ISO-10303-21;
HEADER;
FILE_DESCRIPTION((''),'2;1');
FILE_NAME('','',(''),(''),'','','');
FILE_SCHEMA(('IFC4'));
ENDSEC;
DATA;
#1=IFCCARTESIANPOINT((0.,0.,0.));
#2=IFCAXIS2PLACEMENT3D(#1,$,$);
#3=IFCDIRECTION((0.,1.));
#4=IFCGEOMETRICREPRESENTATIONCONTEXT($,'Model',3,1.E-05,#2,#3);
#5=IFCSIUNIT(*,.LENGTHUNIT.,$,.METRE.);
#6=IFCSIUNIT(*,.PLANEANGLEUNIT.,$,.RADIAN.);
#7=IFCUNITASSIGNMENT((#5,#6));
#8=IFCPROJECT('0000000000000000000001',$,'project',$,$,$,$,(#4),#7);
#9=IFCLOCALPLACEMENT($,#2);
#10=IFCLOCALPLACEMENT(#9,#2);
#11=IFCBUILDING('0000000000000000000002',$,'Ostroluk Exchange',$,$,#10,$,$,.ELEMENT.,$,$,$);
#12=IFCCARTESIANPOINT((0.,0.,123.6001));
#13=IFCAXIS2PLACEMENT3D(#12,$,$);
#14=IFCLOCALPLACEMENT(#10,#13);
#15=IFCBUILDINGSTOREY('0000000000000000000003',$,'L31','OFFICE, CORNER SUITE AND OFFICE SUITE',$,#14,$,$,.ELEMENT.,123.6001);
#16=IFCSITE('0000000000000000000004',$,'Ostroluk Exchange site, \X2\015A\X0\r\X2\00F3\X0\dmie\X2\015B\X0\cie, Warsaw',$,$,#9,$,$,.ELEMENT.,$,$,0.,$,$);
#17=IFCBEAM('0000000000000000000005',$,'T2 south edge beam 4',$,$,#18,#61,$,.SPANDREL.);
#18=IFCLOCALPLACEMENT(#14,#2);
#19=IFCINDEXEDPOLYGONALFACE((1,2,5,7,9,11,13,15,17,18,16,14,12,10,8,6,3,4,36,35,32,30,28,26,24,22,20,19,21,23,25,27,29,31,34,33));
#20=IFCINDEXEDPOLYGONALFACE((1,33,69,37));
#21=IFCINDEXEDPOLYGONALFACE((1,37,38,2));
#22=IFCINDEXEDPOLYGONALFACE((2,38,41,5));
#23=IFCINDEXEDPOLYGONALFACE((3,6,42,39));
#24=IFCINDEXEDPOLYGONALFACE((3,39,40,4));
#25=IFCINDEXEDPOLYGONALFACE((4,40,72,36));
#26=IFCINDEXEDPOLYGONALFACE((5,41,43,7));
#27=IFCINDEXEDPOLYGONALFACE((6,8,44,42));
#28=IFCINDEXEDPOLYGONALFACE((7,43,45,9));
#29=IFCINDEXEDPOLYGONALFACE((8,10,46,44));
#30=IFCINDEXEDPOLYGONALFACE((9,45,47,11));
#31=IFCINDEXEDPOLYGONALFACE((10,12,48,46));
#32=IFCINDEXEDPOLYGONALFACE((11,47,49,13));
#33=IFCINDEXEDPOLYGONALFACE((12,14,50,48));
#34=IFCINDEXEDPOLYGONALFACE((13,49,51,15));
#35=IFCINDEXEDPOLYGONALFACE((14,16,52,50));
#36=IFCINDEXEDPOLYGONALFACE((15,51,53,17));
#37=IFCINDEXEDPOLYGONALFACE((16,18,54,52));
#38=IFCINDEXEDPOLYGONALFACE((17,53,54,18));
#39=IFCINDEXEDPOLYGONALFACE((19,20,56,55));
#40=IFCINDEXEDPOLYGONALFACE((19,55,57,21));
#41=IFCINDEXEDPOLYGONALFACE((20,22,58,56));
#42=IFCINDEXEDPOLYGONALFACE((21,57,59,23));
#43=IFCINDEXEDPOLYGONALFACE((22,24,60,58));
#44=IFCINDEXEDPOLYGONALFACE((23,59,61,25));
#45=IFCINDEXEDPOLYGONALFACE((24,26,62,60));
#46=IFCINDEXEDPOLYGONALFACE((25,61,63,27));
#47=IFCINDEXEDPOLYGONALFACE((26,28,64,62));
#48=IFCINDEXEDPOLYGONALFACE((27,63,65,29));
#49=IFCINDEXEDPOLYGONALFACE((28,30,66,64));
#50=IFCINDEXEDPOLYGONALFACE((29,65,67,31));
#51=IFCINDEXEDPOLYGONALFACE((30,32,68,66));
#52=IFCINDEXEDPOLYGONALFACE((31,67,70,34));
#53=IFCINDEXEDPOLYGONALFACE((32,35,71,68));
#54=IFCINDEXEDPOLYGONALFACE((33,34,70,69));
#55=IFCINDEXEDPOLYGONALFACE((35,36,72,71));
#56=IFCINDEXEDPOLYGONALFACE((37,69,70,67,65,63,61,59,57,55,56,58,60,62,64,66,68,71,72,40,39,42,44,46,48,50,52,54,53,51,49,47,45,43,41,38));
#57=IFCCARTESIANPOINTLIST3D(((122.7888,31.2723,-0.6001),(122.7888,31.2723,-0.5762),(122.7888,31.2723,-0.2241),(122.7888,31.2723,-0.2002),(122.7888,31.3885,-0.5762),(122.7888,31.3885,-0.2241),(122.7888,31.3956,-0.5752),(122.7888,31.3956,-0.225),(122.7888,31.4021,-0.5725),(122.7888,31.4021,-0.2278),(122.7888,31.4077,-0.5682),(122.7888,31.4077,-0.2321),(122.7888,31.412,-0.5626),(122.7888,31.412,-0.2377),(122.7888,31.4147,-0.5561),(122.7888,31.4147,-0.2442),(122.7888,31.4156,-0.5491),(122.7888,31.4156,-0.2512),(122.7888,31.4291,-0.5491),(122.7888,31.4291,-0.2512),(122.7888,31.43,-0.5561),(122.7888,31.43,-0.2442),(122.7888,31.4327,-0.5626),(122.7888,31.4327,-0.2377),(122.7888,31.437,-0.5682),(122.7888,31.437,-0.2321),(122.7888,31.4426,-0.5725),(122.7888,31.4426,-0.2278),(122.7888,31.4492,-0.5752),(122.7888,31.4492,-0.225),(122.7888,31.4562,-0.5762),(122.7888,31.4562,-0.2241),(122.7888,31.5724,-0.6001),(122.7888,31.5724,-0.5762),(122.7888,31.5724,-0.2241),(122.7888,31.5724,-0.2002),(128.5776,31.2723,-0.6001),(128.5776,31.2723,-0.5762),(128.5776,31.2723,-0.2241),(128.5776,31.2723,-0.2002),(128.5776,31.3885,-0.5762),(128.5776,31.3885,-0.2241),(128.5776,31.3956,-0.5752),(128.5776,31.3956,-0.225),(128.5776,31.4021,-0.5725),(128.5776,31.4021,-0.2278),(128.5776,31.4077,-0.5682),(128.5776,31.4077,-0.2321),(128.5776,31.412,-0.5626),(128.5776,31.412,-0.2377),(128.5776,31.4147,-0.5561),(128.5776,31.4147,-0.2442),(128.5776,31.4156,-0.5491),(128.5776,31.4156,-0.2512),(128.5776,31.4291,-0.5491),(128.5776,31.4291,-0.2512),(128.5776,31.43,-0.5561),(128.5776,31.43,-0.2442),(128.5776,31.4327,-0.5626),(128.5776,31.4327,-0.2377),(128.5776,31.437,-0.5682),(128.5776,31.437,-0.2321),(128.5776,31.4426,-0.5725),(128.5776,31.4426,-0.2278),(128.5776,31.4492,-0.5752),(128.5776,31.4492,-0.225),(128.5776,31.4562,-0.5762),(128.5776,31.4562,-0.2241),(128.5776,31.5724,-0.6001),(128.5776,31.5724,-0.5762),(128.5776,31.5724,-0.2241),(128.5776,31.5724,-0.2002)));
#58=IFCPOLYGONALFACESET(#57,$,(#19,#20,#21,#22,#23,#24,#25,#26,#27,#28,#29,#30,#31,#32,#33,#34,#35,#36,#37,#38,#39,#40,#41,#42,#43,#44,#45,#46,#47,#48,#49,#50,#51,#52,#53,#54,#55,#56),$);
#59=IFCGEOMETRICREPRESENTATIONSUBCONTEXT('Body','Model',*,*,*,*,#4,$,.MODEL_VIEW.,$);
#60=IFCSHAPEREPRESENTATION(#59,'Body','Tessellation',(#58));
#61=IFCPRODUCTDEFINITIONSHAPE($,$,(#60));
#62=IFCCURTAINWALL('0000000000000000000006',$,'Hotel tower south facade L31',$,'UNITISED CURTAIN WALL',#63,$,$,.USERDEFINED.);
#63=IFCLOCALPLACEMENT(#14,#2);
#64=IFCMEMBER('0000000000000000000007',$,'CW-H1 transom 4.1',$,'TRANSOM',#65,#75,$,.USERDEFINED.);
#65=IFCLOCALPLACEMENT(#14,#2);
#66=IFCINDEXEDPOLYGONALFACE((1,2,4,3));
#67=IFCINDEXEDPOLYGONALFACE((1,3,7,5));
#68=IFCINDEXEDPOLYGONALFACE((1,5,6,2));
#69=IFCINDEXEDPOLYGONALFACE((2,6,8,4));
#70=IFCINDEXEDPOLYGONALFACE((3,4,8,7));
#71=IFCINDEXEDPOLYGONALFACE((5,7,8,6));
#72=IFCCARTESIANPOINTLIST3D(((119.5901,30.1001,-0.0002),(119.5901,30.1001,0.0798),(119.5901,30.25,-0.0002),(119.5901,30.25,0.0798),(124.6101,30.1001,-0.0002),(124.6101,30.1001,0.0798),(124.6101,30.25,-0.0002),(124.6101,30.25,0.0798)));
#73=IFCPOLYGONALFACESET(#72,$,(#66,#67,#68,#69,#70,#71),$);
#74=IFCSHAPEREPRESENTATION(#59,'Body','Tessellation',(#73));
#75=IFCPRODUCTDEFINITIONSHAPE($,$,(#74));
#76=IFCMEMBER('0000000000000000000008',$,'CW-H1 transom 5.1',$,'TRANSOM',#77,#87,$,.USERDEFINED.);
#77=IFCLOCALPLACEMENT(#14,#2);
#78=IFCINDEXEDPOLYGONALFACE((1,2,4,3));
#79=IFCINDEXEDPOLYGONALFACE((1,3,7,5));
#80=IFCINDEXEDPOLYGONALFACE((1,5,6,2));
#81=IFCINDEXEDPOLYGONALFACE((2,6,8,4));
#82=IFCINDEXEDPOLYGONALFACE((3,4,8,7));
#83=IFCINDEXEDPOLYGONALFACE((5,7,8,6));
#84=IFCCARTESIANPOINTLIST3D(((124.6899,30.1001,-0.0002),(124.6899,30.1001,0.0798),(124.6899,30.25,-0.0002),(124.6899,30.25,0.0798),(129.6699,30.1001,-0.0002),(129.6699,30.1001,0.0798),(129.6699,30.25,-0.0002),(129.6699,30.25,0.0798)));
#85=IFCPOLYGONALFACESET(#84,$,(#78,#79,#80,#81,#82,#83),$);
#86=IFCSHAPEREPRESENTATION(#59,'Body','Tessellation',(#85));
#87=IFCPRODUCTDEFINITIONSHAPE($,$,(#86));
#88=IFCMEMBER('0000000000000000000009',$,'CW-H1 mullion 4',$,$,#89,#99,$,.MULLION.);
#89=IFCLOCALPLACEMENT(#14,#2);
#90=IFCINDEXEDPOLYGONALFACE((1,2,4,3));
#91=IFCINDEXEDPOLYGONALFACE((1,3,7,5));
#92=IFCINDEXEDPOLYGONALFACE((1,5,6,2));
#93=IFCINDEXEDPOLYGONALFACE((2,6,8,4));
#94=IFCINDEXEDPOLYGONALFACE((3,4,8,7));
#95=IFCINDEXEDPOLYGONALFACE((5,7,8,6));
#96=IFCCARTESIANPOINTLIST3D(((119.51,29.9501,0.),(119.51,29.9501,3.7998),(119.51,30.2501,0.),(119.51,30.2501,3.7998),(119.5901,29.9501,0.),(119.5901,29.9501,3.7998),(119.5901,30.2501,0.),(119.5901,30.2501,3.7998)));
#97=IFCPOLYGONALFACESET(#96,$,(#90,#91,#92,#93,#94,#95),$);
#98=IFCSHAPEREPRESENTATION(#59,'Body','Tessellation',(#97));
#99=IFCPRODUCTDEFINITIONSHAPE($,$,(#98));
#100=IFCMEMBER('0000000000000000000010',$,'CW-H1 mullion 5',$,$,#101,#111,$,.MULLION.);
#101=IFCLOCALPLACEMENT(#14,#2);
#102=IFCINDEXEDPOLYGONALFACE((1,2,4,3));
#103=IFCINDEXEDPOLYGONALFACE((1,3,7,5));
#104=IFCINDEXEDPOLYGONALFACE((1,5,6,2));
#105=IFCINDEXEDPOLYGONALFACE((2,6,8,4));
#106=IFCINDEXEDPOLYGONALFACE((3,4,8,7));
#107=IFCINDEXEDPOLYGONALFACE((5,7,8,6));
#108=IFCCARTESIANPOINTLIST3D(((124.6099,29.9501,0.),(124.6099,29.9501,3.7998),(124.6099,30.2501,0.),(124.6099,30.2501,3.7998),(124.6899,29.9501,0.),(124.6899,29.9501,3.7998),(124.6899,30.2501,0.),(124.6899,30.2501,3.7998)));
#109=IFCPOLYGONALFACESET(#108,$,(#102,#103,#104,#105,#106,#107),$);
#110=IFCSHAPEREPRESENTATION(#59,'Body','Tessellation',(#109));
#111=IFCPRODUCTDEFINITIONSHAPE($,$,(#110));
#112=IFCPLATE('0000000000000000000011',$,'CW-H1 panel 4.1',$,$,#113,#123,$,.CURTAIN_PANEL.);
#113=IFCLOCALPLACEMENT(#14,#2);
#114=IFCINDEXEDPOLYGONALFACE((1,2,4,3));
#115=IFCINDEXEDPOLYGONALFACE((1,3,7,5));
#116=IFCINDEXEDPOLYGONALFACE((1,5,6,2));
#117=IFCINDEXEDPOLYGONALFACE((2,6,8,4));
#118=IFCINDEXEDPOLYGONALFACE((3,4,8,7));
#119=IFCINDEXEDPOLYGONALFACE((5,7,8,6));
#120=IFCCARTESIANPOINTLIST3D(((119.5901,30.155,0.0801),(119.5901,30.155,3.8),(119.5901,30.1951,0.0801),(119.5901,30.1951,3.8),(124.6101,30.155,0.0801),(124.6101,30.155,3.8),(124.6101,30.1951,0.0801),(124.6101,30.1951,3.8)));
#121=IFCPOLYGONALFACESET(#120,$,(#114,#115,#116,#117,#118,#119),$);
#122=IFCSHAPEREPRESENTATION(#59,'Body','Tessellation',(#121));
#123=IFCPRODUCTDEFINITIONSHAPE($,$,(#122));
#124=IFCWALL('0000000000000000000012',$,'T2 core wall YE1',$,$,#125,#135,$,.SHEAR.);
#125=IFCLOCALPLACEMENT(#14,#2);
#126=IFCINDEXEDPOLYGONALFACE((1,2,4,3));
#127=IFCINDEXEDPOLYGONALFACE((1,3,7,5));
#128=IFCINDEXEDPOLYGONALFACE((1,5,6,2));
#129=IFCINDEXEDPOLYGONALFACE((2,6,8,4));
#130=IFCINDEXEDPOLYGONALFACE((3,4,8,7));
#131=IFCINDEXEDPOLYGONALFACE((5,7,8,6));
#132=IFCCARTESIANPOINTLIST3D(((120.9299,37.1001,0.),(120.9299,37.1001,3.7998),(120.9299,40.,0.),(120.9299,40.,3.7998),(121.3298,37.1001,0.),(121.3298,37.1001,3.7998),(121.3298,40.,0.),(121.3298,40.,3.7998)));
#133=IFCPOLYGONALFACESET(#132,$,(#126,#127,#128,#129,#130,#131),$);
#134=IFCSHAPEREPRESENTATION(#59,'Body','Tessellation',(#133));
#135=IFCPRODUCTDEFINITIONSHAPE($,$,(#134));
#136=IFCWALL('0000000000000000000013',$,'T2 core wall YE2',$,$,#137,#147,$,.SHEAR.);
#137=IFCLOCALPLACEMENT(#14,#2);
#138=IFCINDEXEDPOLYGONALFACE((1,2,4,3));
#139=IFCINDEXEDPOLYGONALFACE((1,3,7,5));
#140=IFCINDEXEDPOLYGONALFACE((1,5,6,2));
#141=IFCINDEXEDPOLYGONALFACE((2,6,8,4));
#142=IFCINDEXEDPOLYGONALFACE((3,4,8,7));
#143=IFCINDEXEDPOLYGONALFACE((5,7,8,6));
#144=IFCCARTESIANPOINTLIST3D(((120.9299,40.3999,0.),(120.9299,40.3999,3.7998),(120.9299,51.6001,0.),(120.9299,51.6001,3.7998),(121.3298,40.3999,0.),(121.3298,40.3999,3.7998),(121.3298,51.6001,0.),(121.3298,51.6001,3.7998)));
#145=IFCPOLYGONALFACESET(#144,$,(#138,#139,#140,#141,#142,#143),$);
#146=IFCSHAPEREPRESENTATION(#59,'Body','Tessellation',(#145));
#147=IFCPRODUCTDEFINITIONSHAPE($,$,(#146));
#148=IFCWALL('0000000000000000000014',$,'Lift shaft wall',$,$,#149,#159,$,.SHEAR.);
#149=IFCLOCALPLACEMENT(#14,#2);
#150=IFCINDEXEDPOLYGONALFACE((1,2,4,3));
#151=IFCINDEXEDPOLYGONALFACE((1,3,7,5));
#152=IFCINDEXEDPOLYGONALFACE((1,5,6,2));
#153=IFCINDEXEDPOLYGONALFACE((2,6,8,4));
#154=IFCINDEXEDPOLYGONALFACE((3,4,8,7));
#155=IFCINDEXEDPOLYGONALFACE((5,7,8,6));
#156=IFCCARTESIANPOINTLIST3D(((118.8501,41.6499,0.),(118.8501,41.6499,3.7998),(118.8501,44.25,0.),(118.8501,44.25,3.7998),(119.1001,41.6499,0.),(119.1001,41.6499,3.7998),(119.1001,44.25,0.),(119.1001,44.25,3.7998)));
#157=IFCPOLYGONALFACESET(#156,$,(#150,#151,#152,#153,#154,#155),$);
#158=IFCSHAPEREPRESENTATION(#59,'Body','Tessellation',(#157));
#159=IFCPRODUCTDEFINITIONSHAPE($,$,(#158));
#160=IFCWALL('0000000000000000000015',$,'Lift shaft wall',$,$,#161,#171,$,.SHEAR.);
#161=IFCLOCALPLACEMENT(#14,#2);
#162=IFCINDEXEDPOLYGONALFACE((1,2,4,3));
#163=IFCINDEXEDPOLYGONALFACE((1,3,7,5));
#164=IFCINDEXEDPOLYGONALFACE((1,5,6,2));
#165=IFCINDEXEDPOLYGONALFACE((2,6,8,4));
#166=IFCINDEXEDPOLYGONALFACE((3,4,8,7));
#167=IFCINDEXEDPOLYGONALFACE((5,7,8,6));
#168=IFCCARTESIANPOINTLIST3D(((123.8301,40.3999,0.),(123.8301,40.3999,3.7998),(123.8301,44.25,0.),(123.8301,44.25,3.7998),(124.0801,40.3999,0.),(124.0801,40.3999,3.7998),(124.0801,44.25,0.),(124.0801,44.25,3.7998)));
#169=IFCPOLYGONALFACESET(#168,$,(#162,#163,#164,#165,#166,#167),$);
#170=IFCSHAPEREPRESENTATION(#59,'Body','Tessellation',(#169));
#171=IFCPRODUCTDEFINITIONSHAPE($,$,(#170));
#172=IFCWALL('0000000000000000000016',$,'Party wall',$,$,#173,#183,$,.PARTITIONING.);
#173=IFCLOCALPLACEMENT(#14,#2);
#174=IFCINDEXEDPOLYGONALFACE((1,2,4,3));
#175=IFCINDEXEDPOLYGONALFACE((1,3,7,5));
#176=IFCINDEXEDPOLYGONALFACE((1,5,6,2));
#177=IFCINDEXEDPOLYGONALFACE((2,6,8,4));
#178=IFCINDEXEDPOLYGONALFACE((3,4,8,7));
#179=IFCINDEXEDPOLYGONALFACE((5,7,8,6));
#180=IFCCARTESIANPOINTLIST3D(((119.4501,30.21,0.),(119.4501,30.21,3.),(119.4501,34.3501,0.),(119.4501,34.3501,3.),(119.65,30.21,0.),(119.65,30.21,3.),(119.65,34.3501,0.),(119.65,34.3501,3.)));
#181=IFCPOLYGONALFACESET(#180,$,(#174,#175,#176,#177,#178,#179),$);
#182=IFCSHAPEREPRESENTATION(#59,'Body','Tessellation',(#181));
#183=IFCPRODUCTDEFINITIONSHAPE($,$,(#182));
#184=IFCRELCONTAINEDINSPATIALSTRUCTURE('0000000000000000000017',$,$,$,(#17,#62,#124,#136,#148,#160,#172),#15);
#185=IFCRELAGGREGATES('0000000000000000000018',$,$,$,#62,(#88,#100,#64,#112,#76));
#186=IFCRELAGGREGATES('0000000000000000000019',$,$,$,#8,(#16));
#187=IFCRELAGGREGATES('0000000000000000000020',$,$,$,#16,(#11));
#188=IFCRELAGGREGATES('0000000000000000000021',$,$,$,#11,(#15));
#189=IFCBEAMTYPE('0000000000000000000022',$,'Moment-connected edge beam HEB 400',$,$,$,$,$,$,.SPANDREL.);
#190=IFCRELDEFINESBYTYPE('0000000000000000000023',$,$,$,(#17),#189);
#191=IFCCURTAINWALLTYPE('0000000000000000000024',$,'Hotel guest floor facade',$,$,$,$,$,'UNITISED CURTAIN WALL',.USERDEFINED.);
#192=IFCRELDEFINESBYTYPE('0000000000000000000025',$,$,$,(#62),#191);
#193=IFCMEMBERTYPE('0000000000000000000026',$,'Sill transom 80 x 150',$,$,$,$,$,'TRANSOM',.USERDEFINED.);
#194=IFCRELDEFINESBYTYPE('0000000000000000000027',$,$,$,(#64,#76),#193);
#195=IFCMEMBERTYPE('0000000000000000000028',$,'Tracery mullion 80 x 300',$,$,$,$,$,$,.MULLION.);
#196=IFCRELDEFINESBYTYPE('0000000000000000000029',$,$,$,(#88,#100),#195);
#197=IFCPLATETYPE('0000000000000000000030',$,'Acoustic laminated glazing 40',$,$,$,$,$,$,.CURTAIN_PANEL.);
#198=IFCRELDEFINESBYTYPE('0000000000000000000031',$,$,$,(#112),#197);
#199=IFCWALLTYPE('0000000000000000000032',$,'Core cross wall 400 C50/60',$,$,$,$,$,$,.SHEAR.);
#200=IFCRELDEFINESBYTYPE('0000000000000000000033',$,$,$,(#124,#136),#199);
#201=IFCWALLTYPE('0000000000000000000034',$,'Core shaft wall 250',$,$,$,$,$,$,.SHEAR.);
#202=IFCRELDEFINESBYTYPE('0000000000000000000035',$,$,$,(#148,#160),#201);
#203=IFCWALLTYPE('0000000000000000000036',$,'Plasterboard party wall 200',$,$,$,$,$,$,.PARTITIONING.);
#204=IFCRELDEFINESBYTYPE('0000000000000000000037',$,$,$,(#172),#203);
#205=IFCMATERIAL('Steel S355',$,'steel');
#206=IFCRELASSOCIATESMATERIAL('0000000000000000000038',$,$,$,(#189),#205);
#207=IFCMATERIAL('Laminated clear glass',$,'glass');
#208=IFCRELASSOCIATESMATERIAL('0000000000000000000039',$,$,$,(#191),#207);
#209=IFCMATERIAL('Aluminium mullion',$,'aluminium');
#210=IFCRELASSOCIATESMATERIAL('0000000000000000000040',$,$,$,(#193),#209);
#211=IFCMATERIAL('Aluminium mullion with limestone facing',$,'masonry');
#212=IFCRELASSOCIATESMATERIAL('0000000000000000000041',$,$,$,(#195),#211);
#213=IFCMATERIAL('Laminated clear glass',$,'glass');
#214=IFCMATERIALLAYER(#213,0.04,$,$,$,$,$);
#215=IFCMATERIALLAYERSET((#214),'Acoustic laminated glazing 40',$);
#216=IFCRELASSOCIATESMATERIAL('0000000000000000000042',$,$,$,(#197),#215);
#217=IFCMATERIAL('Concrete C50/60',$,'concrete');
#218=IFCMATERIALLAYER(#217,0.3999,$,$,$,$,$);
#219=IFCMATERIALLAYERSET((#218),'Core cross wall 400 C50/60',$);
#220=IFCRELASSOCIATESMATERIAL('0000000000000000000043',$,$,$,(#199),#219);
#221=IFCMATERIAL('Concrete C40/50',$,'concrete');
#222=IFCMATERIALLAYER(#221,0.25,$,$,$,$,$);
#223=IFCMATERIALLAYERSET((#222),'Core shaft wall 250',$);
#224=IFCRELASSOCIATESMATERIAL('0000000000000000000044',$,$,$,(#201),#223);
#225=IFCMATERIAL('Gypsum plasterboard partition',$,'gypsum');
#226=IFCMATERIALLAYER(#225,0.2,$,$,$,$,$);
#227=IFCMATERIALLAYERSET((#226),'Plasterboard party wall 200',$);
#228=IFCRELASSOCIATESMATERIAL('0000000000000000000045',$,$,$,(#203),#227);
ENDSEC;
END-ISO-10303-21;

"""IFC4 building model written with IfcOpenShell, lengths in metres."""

from ifc_helpers import new_model, si_unit, direction, frame, frame_2d, origin, origin_2d, place, context, subcontext, project, spatial, rectangle, i_section, extrude, material, layer, layer_set, material_profile, profile_set, type_object, element, aggregate, save


model = new_model("IFC4")

# Units and contexts
model_context = context("Model", 3, precision=1e-05, world=origin(), true_north=direction((0.0, 1.0)))
body_context = subcontext(model_context, "Body", "Model", "MODEL_VIEW")
ifc_project = project(units=[si_unit("LENGTHUNIT", "METRE"), si_unit("PLANEANGLEUNIT", "RADIAN")], contexts=[model_context])

# Site, building, storey
site_placement = place(None, origin())
site = spatial("IfcSite", under=ifc_project, at=site_placement, Name="Ostroluk Exchange site, Śródmieście, Warsaw", CompositionType="ELEMENT", RefElevation=0.0)
building_placement = place(site_placement, origin())
building = spatial("IfcBuilding", under=site, at=building_placement, Name="Ostroluk Exchange", CompositionType="ELEMENT")
storey_placement = place(building_placement, frame((0.0, 0.0, 123.6001)))
storey = spatial("IfcBuildingStorey", under=building, at=storey_placement, Name="L31", Description="OFFICE, CORNER SUITE AND OFFICE SUITE", CompositionType="ELEMENT", Elevation=123.6001)

# Beam
ifc_material_1 = material(Name="Steel S355", Category="steel")
ifc_material_profile_1 = material_profile(ifc_material_1, i_section(OverallWidth=0.3, OverallDepth=0.3999, WebThickness=0.0134, FlangeThickness=0.0239, FilletRadius=0.0271, at=origin_2d()), Name="HEB 400")
ifc_profile_set_1 = profile_set([ifc_material_profile_1], Name="Steel S355")
beam_type_1 = type_object("IfcBeamType", Name="Moment-connected edge beam HEB 400", PredefinedType="SPANDREL", material=ifc_profile_set_1)
beam_placement = place(storey_placement, frame((122.7888, 31.4224, -0.4001), z_axis=(1.0, 0.0, 0.0), x_axis=(0.0, 1.0, 0.0)))
element("IfcBeam", 1, at=beam_placement, inside=storey, type_object=beam_type_1, Name="T2 south edge beam 4", PredefinedType="SPANDREL", context=body_context, shape_type="SweptSolid", body=[
    extrude(i_section(OverallWidth=0.3, OverallDepth=0.3999, WebThickness=0.0134, FlangeThickness=0.0239, FilletRadius=0.0271, at=origin_2d()), origin(), (0.0, 0.0, 1.0), 5.7888),
])

# Curtain wall, members, plate
ifc_material_2 = material(Name="Laminated clear glass", Category="glass")
curtain_wall_type = type_object("IfcCurtainWallType", Name="Hotel guest floor facade", ElementType="UNITISED CURTAIN WALL", PredefinedType="USERDEFINED", material=ifc_material_2)
curtain_wall_placement = place(storey_placement, origin())
curtain_wall = element("IfcCurtainWall", 2, at=curtain_wall_placement, inside=storey, type_object=curtain_wall_type, Name="Hotel tower south facade L31", ObjectType="UNITISED CURTAIN WALL", PredefinedType="USERDEFINED")
ifc_material_3 = material(Name="Aluminium mullion", Category="aluminium")
ifc_material_profile_2 = material_profile(ifc_material_3, rectangle(XDim=0.1499, YDim=0.0801, at=origin_2d()), Name="Sill transom 80 x 150")
ifc_profile_set_2 = profile_set([ifc_material_profile_2], Name="Aluminium mullion")
member_type_1 = type_object("IfcMemberType", Name="Sill transom 80 x 150", ElementType="TRANSOM", PredefinedType="USERDEFINED", material=ifc_profile_set_2)
member_1_placement = place(storey_placement, frame((119.5901, 30.175, 0.0398), z_axis=(1.0, 0.0, 0.0), x_axis=(0.0, 1.0, 0.0)))
member_1 = element("IfcMember", 3, at=member_1_placement, type_object=member_type_1, Name="CW-H1 transom 4.1", ObjectType="TRANSOM", PredefinedType="USERDEFINED", context=body_context, shape_type="SweptSolid", body=[
    extrude(rectangle(XDim=0.1499, YDim=0.0801, at=origin_2d()), origin(), (0.0, 0.0, 1.0), 5.02),
])
member_2_placement = place(storey_placement, frame((124.6899, 30.175, 0.0398), z_axis=(1.0, 0.0, 0.0), x_axis=(0.0, 1.0, 0.0)))
member_2 = element("IfcMember", 4, at=member_2_placement, type_object=member_type_1, Name="CW-H1 transom 5.1", ObjectType="TRANSOM", PredefinedType="USERDEFINED", context=body_context, shape_type="SweptSolid", body=[
    extrude(rectangle(XDim=0.1499, YDim=0.0801, at=origin_2d()), origin(), (0.0, 0.0, 1.0), 4.98),
])
ifc_material_4 = material(Name="Aluminium mullion with limestone facing", Category="masonry")
ifc_material_profile_3 = material_profile(ifc_material_4, rectangle(XDim=0.3, YDim=0.0801, at=origin_2d()), Name="Tracery mullion 80 x 300")
ifc_profile_set_3 = profile_set([ifc_material_profile_3], Name="Aluminium mullion with limestone facing")
member_type_2 = type_object("IfcMemberType", Name="Tracery mullion 80 x 300", PredefinedType="MULLION", material=ifc_profile_set_3)
member_3_placement = place(storey_placement, frame((119.55, 30.1001, 0.0), z_axis=(0.0, 0.0, 1.0), x_axis=(0.0, 1.0, 0.0)))
member_3 = element("IfcMember", 5, at=member_3_placement, type_object=member_type_2, Name="CW-H1 mullion 4", PredefinedType="MULLION", context=body_context, shape_type="SweptSolid", body=[
    extrude(rectangle(XDim=0.3, YDim=0.0801, at=origin_2d()), origin(), (0.0, 0.0, 1.0), 3.7998),
])
member_4_placement = place(storey_placement, frame((124.6499, 30.1001, 0.0), z_axis=(0.0, 0.0, 1.0), x_axis=(0.0, 1.0, 0.0)))
member_4 = element("IfcMember", 6, at=member_4_placement, type_object=member_type_2, Name="CW-H1 mullion 5", PredefinedType="MULLION", context=body_context, shape_type="SweptSolid", body=[
    extrude(rectangle(XDim=0.3, YDim=0.0801, at=origin_2d()), origin(), (0.0, 0.0, 1.0), 3.7998),
])
ifc_material_5 = material(Name="Laminated clear glass", Category="glass")
ifc_layer_1 = layer(ifc_material_5, 0.04)
ifc_layer_set_1 = layer_set([ifc_layer_1], Name="Acoustic laminated glazing 40")
plate_type = type_object("IfcPlateType", Name="Acoustic laminated glazing 40", PredefinedType="CURTAIN_PANEL", material=ifc_layer_set_1)
plate_placement = place(storey_placement, frame((122.1001, 30.175, 0.0801), z_axis=(0.0, 0.0, 1.0), x_axis=(1.0, 0.0, 0.0)))
plate = element("IfcPlate", 7, at=plate_placement, type_object=plate_type, Name="CW-H1 panel 4.1", PredefinedType="CURTAIN_PANEL", context=body_context, shape_type="SweptSolid", body=[
    extrude(rectangle(XDim=5.02, YDim=0.04, at=origin_2d()), origin(), (0.0, 0.0, 1.0), 3.72),
])
aggregate(curtain_wall, [member_3, member_4, member_1, plate, member_2])

# Walls
ifc_material_6 = material(Name="Concrete C50/60", Category="concrete")
ifc_layer_2 = layer(ifc_material_6, 0.3999)
ifc_layer_set_2 = layer_set([ifc_layer_2], Name="Core cross wall 400 C50/60")
wall_type_1 = type_object("IfcWallType", Name="Core cross wall 400 C50/60", PredefinedType="SHEAR", material=ifc_layer_set_2)
wall_1_placement = place(storey_placement, frame((121.1299, 37.1001, 0.0), z_axis=(0.0, 0.0, 1.0), x_axis=(0.0, 1.0, 0.0)))
element("IfcWall", 8, at=wall_1_placement, inside=storey, type_object=wall_type_1, Name="T2 core wall YE1", PredefinedType="SHEAR", context=body_context, shape_type="SweptSolid", body=[
    extrude(rectangle(XDim=2.8999, YDim=0.3999, at=frame_2d((1.45, 0.0))), origin(), (0.0, 0.0, 1.0), 3.7998),
])
wall_2_placement = place(storey_placement, frame((121.1299, 40.3999, 0.0), z_axis=(0.0, 0.0, 1.0), x_axis=(0.0, 1.0, 0.0)))
element("IfcWall", 9, at=wall_2_placement, inside=storey, type_object=wall_type_1, Name="T2 core wall YE2", PredefinedType="SHEAR", context=body_context, shape_type="SweptSolid", body=[
    extrude(rectangle(XDim=11.2002, YDim=0.3999, at=frame_2d((5.6001, 0.0))), origin(), (0.0, 0.0, 1.0), 3.7998),
])
ifc_material_7 = material(Name="Concrete C40/50", Category="concrete")
ifc_layer_3 = layer(ifc_material_7, 0.25)
ifc_layer_set_3 = layer_set([ifc_layer_3], Name="Core shaft wall 250")
wall_type_2 = type_object("IfcWallType", Name="Core shaft wall 250", PredefinedType="SHEAR", material=ifc_layer_set_3)
wall_3_placement = place(storey_placement, frame((118.9751, 44.25, 0.0), z_axis=(0.0, 0.0, 1.0), x_axis=(0.0, -1.0, 0.0)))
element("IfcWall", 10, at=wall_3_placement, inside=storey, type_object=wall_type_2, Name="Lift shaft wall", PredefinedType="SHEAR", context=body_context, shape_type="SweptSolid", body=[
    extrude(rectangle(XDim=2.6001, YDim=0.25, at=frame_2d((1.3, 0.0))), origin(), (0.0, 0.0, 1.0), 3.7998),
])
wall_4_placement = place(storey_placement, frame((123.9551, 44.25, 0.0), z_axis=(0.0, 0.0, 1.0), x_axis=(0.0, -1.0, 0.0)))
element("IfcWall", 11, at=wall_4_placement, inside=storey, type_object=wall_type_2, Name="Lift shaft wall", PredefinedType="SHEAR", context=body_context, shape_type="SweptSolid", body=[
    extrude(rectangle(XDim=3.8501, YDim=0.25, at=frame_2d((1.925, 0.0))), origin(), (0.0, 0.0, 1.0), 3.7998),
])

# Wall
ifc_material_8 = material(Name="Gypsum plasterboard partition", Category="gypsum")
ifc_layer_4 = layer(ifc_material_8, 0.2)
ifc_layer_set_4 = layer_set([ifc_layer_4], Name="Plasterboard party wall 200")
wall_type_3 = type_object("IfcWallType", Name="Plasterboard party wall 200", PredefinedType="PARTITIONING", material=ifc_layer_set_4)
wall_5_placement = place(storey_placement, frame((119.55, 34.3501, 0.0), z_axis=(0.0, 0.0, 1.0), x_axis=(0.0, -1.0, 0.0)))
element("IfcWall", 12, at=wall_5_placement, inside=storey, type_object=wall_type_3, Name="Party wall", PredefinedType="PARTITIONING", context=body_context, shape_type="SweptSolid", body=[
    extrude(rectangle(XDim=4.1401, YDim=0.2, at=frame_2d((2.0701, 0.0))), origin(), (0.0, 0.0, 1.0), 3.0),
])

save(model, "model.ifc")
